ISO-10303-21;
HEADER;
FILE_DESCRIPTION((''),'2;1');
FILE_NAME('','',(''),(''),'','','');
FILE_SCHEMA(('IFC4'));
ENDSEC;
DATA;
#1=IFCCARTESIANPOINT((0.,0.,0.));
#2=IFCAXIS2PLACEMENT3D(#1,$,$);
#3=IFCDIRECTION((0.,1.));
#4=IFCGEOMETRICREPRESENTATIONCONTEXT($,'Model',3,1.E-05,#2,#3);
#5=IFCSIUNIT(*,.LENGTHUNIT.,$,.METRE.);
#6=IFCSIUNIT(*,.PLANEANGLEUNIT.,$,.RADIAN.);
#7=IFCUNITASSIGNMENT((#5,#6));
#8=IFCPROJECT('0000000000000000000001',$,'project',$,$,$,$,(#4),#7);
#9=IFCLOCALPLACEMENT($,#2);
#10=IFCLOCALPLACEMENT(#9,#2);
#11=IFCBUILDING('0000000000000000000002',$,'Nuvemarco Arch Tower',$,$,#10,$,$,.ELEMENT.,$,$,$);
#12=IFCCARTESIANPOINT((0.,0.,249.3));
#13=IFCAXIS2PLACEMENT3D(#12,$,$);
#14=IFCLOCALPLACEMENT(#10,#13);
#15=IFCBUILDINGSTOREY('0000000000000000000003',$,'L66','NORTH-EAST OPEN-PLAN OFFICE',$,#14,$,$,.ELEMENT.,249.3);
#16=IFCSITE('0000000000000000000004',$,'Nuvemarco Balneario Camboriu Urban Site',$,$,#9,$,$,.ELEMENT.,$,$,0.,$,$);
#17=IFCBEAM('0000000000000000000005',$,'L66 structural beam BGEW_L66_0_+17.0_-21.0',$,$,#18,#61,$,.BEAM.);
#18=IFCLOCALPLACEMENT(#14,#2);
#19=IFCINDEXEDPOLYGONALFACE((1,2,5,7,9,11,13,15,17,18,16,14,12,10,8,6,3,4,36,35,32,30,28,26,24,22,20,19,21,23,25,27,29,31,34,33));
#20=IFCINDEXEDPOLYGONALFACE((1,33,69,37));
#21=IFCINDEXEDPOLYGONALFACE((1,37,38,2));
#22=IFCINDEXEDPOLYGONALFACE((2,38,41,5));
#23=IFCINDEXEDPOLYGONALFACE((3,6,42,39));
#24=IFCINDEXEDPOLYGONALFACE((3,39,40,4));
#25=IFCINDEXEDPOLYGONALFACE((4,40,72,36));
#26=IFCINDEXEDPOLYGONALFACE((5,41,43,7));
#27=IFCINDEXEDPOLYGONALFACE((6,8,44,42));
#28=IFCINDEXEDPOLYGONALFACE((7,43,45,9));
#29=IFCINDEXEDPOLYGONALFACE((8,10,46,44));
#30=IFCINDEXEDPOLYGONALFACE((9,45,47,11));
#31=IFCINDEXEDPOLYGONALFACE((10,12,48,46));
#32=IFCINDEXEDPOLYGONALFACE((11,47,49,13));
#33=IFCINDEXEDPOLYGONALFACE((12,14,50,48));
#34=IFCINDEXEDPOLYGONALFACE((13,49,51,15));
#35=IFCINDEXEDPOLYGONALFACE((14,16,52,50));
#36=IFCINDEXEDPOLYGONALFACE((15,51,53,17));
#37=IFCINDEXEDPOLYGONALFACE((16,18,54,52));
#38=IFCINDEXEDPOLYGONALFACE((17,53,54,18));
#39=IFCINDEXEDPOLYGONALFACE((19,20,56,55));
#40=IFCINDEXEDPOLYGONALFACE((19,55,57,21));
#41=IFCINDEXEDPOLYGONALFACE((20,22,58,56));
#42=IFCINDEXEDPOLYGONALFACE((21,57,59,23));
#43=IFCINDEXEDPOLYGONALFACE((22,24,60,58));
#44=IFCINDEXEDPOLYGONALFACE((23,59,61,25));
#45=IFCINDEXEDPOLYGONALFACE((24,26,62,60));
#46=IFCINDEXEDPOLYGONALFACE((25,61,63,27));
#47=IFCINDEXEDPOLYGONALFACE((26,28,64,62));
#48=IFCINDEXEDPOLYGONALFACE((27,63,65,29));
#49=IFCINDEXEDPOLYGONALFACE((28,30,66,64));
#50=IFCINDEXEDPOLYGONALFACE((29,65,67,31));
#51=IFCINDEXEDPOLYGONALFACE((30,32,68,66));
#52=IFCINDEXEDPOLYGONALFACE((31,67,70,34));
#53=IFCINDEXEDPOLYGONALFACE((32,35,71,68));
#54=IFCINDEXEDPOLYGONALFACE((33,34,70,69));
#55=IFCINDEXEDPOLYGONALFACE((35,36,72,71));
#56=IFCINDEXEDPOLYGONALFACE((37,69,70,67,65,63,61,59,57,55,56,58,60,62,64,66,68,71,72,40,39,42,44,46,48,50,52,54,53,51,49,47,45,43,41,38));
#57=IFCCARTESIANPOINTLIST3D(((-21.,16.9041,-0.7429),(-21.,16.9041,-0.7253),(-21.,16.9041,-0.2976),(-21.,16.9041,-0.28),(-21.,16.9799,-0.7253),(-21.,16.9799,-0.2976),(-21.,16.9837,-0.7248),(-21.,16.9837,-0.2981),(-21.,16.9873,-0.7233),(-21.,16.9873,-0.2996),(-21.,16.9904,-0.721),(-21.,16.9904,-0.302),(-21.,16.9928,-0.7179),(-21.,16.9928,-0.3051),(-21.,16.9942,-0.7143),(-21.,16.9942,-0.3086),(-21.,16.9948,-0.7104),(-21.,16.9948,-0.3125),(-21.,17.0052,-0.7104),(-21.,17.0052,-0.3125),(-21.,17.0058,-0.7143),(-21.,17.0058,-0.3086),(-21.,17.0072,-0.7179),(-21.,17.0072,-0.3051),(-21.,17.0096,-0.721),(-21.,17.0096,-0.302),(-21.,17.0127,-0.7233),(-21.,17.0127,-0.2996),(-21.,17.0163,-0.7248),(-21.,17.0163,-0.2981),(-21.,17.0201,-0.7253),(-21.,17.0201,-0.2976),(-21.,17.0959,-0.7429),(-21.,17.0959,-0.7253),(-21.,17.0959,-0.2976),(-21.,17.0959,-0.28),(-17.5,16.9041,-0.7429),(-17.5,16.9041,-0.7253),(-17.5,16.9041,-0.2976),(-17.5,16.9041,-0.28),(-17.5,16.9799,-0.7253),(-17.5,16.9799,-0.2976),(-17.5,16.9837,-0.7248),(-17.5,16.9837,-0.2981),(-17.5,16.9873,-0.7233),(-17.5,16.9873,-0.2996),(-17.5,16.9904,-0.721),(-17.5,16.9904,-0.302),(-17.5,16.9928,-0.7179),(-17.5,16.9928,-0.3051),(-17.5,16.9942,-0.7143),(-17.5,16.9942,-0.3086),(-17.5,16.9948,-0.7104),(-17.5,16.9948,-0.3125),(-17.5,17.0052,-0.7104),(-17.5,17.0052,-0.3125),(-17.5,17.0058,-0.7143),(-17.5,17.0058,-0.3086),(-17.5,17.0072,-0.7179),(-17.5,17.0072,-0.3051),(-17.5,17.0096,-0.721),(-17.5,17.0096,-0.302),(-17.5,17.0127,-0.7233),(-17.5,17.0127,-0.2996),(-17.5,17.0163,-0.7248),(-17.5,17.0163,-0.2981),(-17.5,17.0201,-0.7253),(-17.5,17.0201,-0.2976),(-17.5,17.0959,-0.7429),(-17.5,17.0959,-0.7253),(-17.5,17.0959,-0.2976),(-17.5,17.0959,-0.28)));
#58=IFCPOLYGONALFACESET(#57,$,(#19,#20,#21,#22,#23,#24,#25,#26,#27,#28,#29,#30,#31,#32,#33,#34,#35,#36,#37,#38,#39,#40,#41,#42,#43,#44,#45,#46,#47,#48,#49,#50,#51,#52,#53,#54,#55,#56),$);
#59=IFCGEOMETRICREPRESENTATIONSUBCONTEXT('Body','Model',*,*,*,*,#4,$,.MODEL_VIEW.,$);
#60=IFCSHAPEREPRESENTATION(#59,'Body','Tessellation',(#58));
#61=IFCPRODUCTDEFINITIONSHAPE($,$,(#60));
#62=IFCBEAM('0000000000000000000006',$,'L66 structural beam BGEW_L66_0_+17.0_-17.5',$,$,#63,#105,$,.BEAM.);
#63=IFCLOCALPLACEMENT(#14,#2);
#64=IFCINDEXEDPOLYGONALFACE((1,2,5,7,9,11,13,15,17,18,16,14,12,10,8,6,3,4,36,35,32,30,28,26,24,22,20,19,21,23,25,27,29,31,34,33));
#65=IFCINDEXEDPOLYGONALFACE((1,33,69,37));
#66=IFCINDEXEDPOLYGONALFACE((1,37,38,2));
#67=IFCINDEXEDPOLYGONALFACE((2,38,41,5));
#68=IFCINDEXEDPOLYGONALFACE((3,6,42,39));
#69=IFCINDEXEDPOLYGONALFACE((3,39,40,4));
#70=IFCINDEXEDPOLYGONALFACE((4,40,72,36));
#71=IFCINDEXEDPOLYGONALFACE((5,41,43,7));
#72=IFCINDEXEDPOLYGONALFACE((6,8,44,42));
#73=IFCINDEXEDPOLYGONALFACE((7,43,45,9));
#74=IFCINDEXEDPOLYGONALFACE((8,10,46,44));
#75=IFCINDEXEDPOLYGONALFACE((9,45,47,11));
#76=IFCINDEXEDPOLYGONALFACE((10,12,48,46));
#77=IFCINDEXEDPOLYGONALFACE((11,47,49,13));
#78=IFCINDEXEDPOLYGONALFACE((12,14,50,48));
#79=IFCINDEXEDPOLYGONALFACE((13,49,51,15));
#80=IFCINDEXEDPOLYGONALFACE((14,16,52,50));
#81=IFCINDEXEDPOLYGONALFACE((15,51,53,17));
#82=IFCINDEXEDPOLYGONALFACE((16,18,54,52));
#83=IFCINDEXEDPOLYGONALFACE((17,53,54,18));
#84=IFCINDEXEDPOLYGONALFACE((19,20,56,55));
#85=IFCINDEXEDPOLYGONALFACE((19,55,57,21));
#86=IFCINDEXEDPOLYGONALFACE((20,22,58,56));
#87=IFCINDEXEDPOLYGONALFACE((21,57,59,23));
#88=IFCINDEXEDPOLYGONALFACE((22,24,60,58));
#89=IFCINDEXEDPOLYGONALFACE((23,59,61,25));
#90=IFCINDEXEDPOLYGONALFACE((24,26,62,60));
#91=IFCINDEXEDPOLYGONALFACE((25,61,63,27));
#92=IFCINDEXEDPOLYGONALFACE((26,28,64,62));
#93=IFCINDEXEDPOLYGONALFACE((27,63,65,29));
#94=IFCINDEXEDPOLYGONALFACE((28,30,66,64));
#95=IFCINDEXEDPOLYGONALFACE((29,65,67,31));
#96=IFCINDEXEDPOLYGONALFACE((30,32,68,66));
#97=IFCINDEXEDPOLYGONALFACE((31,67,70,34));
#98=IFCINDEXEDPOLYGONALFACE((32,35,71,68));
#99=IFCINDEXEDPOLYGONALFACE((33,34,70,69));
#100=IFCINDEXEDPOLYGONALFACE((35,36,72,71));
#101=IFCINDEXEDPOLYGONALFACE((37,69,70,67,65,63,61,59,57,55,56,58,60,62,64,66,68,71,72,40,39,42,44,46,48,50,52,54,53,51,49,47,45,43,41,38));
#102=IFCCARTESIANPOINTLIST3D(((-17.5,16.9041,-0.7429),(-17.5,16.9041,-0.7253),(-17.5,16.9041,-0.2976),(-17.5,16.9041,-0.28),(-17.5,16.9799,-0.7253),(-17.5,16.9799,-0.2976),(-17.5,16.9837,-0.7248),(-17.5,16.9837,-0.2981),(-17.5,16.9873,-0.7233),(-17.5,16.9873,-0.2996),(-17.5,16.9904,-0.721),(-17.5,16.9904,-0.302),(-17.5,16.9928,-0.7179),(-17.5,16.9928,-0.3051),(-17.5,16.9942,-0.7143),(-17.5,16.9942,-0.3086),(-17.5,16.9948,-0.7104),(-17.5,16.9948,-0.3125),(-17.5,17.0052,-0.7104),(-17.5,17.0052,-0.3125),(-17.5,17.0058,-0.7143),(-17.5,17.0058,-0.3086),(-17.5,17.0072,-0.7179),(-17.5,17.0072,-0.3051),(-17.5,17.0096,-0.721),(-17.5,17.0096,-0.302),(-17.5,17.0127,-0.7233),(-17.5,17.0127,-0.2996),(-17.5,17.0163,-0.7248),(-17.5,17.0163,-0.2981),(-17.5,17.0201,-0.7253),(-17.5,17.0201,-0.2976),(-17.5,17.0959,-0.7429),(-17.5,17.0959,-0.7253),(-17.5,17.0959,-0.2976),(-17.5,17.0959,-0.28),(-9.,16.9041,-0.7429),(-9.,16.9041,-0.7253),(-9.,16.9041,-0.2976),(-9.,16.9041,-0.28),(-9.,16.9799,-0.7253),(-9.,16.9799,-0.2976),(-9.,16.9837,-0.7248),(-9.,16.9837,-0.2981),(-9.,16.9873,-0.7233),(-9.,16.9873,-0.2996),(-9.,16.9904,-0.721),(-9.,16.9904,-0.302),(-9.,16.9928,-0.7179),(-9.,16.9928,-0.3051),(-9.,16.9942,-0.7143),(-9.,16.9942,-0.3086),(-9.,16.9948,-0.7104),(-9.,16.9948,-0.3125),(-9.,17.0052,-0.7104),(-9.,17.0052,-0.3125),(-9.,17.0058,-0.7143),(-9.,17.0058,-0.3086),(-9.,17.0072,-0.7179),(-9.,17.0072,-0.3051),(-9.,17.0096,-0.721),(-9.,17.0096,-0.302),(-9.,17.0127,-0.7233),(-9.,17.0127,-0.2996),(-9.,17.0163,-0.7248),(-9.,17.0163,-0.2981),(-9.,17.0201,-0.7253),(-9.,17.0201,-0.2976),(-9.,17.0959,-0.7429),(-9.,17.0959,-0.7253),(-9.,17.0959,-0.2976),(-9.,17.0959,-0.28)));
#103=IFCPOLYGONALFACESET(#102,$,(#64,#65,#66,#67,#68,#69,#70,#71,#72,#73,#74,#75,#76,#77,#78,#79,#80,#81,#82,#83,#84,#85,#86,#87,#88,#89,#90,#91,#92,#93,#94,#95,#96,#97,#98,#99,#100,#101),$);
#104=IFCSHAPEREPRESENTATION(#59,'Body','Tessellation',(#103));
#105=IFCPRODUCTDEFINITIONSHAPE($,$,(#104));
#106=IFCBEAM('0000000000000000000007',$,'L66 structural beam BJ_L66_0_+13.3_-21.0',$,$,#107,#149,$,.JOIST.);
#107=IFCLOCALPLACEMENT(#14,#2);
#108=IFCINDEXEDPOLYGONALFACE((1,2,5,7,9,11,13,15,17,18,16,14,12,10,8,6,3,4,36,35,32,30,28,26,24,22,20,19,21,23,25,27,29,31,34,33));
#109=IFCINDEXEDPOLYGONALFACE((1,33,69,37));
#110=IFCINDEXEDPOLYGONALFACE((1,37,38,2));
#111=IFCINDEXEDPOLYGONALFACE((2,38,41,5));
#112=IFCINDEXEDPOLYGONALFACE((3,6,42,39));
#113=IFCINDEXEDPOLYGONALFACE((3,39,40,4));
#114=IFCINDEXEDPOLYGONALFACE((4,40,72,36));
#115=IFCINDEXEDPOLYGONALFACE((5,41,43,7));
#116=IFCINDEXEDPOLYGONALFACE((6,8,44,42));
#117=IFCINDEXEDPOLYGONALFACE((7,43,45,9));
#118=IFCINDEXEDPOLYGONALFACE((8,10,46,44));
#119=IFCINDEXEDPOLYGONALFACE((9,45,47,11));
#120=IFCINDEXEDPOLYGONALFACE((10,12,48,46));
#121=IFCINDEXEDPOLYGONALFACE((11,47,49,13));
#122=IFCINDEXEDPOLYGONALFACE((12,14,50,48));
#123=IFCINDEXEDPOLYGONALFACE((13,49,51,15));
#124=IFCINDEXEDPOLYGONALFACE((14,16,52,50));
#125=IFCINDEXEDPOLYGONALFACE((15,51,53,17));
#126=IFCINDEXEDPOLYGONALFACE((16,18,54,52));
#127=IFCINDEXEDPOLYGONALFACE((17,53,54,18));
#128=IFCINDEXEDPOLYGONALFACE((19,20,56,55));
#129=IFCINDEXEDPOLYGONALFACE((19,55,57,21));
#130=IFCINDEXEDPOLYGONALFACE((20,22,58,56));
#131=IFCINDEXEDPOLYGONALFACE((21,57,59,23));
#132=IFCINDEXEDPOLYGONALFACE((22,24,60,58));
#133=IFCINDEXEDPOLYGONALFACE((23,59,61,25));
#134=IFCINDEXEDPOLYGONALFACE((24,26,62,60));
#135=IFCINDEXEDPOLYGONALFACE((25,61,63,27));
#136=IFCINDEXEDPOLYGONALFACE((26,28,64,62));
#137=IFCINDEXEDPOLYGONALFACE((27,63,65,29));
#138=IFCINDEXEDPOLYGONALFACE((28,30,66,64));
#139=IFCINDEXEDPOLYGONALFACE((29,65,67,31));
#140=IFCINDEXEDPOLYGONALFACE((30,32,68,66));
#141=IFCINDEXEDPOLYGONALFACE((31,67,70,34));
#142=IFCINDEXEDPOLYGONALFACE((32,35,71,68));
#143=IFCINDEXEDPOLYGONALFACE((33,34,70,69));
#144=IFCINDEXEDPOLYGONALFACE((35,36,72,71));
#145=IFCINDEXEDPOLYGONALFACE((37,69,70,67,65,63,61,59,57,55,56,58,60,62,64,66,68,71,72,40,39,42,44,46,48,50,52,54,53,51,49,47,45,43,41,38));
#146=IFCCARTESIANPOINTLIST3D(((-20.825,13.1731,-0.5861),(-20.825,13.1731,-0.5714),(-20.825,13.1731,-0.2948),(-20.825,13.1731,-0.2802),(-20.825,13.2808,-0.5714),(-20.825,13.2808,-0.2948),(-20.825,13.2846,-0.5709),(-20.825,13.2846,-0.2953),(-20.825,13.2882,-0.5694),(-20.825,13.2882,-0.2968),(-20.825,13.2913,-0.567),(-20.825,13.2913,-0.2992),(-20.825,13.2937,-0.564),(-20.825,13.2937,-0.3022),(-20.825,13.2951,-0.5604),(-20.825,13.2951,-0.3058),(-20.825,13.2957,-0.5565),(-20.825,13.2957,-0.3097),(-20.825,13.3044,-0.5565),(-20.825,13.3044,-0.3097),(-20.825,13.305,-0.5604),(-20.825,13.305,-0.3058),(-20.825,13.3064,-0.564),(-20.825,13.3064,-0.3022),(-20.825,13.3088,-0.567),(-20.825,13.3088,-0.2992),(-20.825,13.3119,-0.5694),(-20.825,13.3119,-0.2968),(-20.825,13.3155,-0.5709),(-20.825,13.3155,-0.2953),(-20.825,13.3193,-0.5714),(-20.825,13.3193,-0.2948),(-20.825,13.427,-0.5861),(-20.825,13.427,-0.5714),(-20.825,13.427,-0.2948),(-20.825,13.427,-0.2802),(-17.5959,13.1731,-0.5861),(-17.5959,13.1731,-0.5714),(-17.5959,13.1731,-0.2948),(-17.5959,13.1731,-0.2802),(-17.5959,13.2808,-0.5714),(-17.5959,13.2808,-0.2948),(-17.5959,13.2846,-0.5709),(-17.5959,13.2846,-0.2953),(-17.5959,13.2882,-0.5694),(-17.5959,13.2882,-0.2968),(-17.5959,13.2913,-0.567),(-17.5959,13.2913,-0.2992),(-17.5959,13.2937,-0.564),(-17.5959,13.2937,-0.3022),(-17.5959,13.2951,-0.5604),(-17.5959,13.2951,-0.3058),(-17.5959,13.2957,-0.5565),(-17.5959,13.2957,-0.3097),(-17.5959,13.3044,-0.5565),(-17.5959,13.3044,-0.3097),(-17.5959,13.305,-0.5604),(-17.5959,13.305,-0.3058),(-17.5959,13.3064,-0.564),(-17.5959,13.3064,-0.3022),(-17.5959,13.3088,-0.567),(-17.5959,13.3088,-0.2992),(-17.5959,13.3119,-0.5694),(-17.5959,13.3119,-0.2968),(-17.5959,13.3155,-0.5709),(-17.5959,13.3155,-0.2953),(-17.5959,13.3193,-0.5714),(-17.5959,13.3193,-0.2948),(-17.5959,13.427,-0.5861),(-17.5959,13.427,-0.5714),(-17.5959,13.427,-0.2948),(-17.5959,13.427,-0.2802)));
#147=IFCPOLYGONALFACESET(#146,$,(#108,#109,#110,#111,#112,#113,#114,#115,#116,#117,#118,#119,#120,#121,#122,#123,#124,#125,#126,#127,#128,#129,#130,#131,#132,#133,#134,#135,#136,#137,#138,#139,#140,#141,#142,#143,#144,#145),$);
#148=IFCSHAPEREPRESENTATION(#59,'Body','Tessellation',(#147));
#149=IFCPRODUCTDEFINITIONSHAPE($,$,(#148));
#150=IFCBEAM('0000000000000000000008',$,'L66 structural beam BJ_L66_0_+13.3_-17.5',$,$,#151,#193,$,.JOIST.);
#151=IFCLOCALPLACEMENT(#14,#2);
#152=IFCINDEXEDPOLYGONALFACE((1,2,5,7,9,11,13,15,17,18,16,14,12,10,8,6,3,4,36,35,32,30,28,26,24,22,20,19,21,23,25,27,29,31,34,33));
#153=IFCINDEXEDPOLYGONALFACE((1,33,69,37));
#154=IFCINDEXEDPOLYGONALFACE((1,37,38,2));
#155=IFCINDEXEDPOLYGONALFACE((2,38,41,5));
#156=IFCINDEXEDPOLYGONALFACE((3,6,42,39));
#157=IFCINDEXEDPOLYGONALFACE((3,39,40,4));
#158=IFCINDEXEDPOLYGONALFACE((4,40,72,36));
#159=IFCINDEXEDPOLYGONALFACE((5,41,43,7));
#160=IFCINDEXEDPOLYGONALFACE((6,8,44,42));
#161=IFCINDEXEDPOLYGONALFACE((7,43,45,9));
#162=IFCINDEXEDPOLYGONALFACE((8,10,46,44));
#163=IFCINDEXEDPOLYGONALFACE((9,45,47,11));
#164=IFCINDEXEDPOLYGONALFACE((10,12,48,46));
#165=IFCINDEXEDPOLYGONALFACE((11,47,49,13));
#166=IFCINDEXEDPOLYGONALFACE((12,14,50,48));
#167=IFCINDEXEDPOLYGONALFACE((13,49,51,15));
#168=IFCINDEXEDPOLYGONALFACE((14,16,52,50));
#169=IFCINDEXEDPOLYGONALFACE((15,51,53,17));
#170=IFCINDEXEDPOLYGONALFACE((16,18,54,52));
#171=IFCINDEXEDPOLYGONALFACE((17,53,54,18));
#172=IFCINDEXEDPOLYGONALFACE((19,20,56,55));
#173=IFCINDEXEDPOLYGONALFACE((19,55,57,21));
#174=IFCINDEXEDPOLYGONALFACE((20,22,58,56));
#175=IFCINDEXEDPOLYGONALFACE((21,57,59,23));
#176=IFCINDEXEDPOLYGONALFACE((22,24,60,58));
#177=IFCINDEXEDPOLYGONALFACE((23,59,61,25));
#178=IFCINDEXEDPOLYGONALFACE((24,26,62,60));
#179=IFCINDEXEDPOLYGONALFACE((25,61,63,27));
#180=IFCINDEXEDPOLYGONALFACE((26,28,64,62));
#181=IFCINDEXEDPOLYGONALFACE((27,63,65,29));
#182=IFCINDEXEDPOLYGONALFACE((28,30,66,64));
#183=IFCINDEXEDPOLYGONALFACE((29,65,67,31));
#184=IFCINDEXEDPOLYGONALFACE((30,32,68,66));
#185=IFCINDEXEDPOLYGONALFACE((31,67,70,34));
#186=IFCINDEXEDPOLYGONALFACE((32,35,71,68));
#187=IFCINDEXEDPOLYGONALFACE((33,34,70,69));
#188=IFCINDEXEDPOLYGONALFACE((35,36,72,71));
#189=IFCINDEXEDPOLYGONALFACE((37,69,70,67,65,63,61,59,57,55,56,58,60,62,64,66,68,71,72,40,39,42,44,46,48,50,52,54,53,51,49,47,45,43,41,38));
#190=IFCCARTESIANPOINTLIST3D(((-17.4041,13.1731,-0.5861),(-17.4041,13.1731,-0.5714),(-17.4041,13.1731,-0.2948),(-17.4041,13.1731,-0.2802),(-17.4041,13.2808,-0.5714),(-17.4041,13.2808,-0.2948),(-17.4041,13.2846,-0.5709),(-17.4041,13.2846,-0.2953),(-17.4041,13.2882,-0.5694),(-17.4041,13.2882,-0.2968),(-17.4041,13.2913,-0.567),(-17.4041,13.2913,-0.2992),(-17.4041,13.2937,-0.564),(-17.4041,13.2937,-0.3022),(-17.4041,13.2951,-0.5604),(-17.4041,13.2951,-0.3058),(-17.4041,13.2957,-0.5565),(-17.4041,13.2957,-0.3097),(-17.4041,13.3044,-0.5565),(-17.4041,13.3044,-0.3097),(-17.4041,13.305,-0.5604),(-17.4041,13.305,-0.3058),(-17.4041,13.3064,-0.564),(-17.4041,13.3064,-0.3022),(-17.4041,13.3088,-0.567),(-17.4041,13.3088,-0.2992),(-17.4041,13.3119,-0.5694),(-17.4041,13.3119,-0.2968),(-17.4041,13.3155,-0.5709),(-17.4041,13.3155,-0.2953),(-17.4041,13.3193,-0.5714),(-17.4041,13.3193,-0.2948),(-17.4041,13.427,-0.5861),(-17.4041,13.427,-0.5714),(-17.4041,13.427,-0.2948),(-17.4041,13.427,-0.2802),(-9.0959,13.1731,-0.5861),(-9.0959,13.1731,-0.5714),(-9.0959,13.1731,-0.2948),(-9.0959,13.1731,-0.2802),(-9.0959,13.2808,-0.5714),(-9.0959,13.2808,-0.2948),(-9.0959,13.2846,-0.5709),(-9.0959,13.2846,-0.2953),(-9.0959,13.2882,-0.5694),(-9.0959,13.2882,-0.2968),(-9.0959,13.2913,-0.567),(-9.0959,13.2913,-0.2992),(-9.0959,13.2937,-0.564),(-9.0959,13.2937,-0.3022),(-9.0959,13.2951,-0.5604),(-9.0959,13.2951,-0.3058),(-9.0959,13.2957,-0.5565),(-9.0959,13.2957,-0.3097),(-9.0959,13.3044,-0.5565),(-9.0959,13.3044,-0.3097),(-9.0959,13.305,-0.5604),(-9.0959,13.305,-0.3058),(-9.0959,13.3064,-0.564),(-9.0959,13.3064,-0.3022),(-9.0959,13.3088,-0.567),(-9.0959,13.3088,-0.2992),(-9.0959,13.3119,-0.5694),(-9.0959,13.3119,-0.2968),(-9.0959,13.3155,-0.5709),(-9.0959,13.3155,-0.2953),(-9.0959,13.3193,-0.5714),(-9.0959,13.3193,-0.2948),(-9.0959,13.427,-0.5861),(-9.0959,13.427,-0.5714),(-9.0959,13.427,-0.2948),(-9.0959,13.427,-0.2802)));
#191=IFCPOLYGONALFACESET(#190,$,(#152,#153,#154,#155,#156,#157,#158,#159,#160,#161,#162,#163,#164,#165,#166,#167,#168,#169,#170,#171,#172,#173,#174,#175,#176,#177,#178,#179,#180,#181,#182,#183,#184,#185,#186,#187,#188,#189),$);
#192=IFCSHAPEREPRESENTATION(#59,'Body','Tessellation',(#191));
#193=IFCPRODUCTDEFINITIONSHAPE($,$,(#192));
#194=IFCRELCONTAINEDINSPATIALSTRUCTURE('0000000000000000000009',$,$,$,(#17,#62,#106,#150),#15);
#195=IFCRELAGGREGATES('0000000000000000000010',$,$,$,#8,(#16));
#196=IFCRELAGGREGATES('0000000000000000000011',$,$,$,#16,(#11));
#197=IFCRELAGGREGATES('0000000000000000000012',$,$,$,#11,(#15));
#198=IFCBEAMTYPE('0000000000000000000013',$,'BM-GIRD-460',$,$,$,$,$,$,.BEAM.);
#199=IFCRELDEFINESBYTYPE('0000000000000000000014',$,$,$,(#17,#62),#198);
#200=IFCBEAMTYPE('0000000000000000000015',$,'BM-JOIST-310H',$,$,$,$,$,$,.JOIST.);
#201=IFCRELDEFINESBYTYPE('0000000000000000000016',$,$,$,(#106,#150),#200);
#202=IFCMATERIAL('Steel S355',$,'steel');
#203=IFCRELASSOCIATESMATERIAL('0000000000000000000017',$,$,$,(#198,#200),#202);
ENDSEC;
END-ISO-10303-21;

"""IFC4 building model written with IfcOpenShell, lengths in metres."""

from ifc_helpers import new_model, si_unit, direction, frame, origin, origin_2d, place, context, subcontext, project, spatial, i_section, extrude, material, material_profile, profile_set, type_object, element, save


model = new_model("IFC4")

# Units and contexts
model_context = context("Model", 3, precision=1e-05, world=origin(), true_north=direction((0.0, 1.0)))
body_context = subcontext(model_context, "Body", "Model", "MODEL_VIEW")
ifc_project = project(units=[si_unit("LENGTHUNIT", "METRE"), si_unit("PLANEANGLEUNIT", "RADIAN")], contexts=[model_context])

# Site, building, storey
site_placement = place(None, origin())
site = spatial("IfcSite", under=ifc_project, at=site_placement, Name="Nuvemarco Balneario Camboriu Urban Site", CompositionType="ELEMENT", RefElevation=0.0)
building_placement = place(site_placement, origin())
building = spatial("IfcBuilding", under=site, at=building_placement, Name="Nuvemarco Arch Tower", CompositionType="ELEMENT")
storey_placement = place(building_placement, frame((0.0, 0.0, 249.3)))
storey = spatial("IfcBuildingStorey", under=building, at=storey_placement, Name="L66", Description="NORTH-EAST OPEN-PLAN OFFICE", CompositionType="ELEMENT", Elevation=249.3)

# Shared definitions
ifc_material_1 = material(Name="Steel S355", Category="steel")

# Beams
ifc_material_profile_1 = material_profile(ifc_material_1, i_section(OverallWidth=0.1919, OverallDepth=0.4629, WebThickness=0.0105, FlangeThickness=0.0176, FilletRadius=0.0149, at=origin_2d()), Name="W460x89")
ifc_profile_set_1 = profile_set([ifc_material_profile_1], Name="Steel S355")
beam_type_1 = type_object("IfcBeamType", Name="BM-GIRD-460", PredefinedType="BEAM", material=ifc_profile_set_1)
beam_1_placement = place(storey_placement, frame((-21.0, 17.0, -0.5115), z_axis=(1.0, 0.0, 0.0), x_axis=(0.0, 1.0, 0.0)))
element("IfcBeam", 1, at=beam_1_placement, inside=storey, type_object=beam_type_1, Name="L66 structural beam BGEW_L66_0_+17.0_-21.0", PredefinedType="BEAM", context=body_context, shape_type="SweptSolid", body=[
    extrude(i_section(OverallWidth=0.1919, OverallDepth=0.4629, WebThickness=0.0105, FlangeThickness=0.0176, FilletRadius=0.0149, at=origin_2d()), origin(), (0.0, 0.0, 1.0), 3.5),
])
beam_2_placement = place(storey_placement, frame((-17.5, 17.0, -0.5115), z_axis=(1.0, 0.0, 0.0), x_axis=(0.0, 1.0, 0.0)))
element("IfcBeam", 2, at=beam_2_placement, inside=storey, type_object=beam_type_1, Name="L66 structural beam BGEW_L66_0_+17.0_-17.5", PredefinedType="BEAM", context=body_context, shape_type="SweptSolid", body=[
    extrude(i_section(OverallWidth=0.1919, OverallDepth=0.4629, WebThickness=0.0105, FlangeThickness=0.0176, FilletRadius=0.0149, at=origin_2d()), origin(), (0.0, 0.0, 1.0), 8.5),
])
ifc_material_profile_2 = material_profile(ifc_material_1, i_section(OverallWidth=0.2539, OverallDepth=0.3059, WebThickness=0.0088, FlangeThickness=0.0146, FilletRadius=0.0149, at=origin_2d()), Name="W310x79")
ifc_profile_set_2 = profile_set([ifc_material_profile_2], Name="Steel S355")
beam_type_2 = type_object("IfcBeamType", Name="BM-JOIST-310H", PredefinedType="JOIST", material=ifc_profile_set_2)
beam_3_placement = place(storey_placement, frame((-20.825, 13.3, -0.4331), z_axis=(1.0, 0.0, 0.0), x_axis=(0.0, 1.0, 0.0)))
element("IfcBeam", 3, at=beam_3_placement, inside=storey, type_object=beam_type_2, Name="L66 structural beam BJ_L66_0_+13.3_-21.0", PredefinedType="JOIST", context=body_context, shape_type="SweptSolid", body=[
    extrude(i_section(OverallWidth=0.2539, OverallDepth=0.3059, WebThickness=0.0088, FlangeThickness=0.0146, FilletRadius=0.0149, at=origin_2d()), origin(), (0.0, 0.0, 1.0), 3.229),
])
beam_4_placement = place(storey_placement, frame((-17.4041, 13.3, -0.4331), z_axis=(1.0, 0.0, 0.0), x_axis=(0.0, 1.0, 0.0)))
element("IfcBeam", 4, at=beam_4_placement, inside=storey, type_object=beam_type_2, Name="L66 structural beam BJ_L66_0_+13.3_-17.5", PredefinedType="JOIST", context=body_context, shape_type="SweptSolid", body=[
    extrude(i_section(OverallWidth=0.2539, OverallDepth=0.3059, WebThickness=0.0088, FlangeThickness=0.0146, FilletRadius=0.0149, at=origin_2d()), origin(), (0.0, 0.0, 1.0), 8.3081),
])

save(model, "model.ifc")
